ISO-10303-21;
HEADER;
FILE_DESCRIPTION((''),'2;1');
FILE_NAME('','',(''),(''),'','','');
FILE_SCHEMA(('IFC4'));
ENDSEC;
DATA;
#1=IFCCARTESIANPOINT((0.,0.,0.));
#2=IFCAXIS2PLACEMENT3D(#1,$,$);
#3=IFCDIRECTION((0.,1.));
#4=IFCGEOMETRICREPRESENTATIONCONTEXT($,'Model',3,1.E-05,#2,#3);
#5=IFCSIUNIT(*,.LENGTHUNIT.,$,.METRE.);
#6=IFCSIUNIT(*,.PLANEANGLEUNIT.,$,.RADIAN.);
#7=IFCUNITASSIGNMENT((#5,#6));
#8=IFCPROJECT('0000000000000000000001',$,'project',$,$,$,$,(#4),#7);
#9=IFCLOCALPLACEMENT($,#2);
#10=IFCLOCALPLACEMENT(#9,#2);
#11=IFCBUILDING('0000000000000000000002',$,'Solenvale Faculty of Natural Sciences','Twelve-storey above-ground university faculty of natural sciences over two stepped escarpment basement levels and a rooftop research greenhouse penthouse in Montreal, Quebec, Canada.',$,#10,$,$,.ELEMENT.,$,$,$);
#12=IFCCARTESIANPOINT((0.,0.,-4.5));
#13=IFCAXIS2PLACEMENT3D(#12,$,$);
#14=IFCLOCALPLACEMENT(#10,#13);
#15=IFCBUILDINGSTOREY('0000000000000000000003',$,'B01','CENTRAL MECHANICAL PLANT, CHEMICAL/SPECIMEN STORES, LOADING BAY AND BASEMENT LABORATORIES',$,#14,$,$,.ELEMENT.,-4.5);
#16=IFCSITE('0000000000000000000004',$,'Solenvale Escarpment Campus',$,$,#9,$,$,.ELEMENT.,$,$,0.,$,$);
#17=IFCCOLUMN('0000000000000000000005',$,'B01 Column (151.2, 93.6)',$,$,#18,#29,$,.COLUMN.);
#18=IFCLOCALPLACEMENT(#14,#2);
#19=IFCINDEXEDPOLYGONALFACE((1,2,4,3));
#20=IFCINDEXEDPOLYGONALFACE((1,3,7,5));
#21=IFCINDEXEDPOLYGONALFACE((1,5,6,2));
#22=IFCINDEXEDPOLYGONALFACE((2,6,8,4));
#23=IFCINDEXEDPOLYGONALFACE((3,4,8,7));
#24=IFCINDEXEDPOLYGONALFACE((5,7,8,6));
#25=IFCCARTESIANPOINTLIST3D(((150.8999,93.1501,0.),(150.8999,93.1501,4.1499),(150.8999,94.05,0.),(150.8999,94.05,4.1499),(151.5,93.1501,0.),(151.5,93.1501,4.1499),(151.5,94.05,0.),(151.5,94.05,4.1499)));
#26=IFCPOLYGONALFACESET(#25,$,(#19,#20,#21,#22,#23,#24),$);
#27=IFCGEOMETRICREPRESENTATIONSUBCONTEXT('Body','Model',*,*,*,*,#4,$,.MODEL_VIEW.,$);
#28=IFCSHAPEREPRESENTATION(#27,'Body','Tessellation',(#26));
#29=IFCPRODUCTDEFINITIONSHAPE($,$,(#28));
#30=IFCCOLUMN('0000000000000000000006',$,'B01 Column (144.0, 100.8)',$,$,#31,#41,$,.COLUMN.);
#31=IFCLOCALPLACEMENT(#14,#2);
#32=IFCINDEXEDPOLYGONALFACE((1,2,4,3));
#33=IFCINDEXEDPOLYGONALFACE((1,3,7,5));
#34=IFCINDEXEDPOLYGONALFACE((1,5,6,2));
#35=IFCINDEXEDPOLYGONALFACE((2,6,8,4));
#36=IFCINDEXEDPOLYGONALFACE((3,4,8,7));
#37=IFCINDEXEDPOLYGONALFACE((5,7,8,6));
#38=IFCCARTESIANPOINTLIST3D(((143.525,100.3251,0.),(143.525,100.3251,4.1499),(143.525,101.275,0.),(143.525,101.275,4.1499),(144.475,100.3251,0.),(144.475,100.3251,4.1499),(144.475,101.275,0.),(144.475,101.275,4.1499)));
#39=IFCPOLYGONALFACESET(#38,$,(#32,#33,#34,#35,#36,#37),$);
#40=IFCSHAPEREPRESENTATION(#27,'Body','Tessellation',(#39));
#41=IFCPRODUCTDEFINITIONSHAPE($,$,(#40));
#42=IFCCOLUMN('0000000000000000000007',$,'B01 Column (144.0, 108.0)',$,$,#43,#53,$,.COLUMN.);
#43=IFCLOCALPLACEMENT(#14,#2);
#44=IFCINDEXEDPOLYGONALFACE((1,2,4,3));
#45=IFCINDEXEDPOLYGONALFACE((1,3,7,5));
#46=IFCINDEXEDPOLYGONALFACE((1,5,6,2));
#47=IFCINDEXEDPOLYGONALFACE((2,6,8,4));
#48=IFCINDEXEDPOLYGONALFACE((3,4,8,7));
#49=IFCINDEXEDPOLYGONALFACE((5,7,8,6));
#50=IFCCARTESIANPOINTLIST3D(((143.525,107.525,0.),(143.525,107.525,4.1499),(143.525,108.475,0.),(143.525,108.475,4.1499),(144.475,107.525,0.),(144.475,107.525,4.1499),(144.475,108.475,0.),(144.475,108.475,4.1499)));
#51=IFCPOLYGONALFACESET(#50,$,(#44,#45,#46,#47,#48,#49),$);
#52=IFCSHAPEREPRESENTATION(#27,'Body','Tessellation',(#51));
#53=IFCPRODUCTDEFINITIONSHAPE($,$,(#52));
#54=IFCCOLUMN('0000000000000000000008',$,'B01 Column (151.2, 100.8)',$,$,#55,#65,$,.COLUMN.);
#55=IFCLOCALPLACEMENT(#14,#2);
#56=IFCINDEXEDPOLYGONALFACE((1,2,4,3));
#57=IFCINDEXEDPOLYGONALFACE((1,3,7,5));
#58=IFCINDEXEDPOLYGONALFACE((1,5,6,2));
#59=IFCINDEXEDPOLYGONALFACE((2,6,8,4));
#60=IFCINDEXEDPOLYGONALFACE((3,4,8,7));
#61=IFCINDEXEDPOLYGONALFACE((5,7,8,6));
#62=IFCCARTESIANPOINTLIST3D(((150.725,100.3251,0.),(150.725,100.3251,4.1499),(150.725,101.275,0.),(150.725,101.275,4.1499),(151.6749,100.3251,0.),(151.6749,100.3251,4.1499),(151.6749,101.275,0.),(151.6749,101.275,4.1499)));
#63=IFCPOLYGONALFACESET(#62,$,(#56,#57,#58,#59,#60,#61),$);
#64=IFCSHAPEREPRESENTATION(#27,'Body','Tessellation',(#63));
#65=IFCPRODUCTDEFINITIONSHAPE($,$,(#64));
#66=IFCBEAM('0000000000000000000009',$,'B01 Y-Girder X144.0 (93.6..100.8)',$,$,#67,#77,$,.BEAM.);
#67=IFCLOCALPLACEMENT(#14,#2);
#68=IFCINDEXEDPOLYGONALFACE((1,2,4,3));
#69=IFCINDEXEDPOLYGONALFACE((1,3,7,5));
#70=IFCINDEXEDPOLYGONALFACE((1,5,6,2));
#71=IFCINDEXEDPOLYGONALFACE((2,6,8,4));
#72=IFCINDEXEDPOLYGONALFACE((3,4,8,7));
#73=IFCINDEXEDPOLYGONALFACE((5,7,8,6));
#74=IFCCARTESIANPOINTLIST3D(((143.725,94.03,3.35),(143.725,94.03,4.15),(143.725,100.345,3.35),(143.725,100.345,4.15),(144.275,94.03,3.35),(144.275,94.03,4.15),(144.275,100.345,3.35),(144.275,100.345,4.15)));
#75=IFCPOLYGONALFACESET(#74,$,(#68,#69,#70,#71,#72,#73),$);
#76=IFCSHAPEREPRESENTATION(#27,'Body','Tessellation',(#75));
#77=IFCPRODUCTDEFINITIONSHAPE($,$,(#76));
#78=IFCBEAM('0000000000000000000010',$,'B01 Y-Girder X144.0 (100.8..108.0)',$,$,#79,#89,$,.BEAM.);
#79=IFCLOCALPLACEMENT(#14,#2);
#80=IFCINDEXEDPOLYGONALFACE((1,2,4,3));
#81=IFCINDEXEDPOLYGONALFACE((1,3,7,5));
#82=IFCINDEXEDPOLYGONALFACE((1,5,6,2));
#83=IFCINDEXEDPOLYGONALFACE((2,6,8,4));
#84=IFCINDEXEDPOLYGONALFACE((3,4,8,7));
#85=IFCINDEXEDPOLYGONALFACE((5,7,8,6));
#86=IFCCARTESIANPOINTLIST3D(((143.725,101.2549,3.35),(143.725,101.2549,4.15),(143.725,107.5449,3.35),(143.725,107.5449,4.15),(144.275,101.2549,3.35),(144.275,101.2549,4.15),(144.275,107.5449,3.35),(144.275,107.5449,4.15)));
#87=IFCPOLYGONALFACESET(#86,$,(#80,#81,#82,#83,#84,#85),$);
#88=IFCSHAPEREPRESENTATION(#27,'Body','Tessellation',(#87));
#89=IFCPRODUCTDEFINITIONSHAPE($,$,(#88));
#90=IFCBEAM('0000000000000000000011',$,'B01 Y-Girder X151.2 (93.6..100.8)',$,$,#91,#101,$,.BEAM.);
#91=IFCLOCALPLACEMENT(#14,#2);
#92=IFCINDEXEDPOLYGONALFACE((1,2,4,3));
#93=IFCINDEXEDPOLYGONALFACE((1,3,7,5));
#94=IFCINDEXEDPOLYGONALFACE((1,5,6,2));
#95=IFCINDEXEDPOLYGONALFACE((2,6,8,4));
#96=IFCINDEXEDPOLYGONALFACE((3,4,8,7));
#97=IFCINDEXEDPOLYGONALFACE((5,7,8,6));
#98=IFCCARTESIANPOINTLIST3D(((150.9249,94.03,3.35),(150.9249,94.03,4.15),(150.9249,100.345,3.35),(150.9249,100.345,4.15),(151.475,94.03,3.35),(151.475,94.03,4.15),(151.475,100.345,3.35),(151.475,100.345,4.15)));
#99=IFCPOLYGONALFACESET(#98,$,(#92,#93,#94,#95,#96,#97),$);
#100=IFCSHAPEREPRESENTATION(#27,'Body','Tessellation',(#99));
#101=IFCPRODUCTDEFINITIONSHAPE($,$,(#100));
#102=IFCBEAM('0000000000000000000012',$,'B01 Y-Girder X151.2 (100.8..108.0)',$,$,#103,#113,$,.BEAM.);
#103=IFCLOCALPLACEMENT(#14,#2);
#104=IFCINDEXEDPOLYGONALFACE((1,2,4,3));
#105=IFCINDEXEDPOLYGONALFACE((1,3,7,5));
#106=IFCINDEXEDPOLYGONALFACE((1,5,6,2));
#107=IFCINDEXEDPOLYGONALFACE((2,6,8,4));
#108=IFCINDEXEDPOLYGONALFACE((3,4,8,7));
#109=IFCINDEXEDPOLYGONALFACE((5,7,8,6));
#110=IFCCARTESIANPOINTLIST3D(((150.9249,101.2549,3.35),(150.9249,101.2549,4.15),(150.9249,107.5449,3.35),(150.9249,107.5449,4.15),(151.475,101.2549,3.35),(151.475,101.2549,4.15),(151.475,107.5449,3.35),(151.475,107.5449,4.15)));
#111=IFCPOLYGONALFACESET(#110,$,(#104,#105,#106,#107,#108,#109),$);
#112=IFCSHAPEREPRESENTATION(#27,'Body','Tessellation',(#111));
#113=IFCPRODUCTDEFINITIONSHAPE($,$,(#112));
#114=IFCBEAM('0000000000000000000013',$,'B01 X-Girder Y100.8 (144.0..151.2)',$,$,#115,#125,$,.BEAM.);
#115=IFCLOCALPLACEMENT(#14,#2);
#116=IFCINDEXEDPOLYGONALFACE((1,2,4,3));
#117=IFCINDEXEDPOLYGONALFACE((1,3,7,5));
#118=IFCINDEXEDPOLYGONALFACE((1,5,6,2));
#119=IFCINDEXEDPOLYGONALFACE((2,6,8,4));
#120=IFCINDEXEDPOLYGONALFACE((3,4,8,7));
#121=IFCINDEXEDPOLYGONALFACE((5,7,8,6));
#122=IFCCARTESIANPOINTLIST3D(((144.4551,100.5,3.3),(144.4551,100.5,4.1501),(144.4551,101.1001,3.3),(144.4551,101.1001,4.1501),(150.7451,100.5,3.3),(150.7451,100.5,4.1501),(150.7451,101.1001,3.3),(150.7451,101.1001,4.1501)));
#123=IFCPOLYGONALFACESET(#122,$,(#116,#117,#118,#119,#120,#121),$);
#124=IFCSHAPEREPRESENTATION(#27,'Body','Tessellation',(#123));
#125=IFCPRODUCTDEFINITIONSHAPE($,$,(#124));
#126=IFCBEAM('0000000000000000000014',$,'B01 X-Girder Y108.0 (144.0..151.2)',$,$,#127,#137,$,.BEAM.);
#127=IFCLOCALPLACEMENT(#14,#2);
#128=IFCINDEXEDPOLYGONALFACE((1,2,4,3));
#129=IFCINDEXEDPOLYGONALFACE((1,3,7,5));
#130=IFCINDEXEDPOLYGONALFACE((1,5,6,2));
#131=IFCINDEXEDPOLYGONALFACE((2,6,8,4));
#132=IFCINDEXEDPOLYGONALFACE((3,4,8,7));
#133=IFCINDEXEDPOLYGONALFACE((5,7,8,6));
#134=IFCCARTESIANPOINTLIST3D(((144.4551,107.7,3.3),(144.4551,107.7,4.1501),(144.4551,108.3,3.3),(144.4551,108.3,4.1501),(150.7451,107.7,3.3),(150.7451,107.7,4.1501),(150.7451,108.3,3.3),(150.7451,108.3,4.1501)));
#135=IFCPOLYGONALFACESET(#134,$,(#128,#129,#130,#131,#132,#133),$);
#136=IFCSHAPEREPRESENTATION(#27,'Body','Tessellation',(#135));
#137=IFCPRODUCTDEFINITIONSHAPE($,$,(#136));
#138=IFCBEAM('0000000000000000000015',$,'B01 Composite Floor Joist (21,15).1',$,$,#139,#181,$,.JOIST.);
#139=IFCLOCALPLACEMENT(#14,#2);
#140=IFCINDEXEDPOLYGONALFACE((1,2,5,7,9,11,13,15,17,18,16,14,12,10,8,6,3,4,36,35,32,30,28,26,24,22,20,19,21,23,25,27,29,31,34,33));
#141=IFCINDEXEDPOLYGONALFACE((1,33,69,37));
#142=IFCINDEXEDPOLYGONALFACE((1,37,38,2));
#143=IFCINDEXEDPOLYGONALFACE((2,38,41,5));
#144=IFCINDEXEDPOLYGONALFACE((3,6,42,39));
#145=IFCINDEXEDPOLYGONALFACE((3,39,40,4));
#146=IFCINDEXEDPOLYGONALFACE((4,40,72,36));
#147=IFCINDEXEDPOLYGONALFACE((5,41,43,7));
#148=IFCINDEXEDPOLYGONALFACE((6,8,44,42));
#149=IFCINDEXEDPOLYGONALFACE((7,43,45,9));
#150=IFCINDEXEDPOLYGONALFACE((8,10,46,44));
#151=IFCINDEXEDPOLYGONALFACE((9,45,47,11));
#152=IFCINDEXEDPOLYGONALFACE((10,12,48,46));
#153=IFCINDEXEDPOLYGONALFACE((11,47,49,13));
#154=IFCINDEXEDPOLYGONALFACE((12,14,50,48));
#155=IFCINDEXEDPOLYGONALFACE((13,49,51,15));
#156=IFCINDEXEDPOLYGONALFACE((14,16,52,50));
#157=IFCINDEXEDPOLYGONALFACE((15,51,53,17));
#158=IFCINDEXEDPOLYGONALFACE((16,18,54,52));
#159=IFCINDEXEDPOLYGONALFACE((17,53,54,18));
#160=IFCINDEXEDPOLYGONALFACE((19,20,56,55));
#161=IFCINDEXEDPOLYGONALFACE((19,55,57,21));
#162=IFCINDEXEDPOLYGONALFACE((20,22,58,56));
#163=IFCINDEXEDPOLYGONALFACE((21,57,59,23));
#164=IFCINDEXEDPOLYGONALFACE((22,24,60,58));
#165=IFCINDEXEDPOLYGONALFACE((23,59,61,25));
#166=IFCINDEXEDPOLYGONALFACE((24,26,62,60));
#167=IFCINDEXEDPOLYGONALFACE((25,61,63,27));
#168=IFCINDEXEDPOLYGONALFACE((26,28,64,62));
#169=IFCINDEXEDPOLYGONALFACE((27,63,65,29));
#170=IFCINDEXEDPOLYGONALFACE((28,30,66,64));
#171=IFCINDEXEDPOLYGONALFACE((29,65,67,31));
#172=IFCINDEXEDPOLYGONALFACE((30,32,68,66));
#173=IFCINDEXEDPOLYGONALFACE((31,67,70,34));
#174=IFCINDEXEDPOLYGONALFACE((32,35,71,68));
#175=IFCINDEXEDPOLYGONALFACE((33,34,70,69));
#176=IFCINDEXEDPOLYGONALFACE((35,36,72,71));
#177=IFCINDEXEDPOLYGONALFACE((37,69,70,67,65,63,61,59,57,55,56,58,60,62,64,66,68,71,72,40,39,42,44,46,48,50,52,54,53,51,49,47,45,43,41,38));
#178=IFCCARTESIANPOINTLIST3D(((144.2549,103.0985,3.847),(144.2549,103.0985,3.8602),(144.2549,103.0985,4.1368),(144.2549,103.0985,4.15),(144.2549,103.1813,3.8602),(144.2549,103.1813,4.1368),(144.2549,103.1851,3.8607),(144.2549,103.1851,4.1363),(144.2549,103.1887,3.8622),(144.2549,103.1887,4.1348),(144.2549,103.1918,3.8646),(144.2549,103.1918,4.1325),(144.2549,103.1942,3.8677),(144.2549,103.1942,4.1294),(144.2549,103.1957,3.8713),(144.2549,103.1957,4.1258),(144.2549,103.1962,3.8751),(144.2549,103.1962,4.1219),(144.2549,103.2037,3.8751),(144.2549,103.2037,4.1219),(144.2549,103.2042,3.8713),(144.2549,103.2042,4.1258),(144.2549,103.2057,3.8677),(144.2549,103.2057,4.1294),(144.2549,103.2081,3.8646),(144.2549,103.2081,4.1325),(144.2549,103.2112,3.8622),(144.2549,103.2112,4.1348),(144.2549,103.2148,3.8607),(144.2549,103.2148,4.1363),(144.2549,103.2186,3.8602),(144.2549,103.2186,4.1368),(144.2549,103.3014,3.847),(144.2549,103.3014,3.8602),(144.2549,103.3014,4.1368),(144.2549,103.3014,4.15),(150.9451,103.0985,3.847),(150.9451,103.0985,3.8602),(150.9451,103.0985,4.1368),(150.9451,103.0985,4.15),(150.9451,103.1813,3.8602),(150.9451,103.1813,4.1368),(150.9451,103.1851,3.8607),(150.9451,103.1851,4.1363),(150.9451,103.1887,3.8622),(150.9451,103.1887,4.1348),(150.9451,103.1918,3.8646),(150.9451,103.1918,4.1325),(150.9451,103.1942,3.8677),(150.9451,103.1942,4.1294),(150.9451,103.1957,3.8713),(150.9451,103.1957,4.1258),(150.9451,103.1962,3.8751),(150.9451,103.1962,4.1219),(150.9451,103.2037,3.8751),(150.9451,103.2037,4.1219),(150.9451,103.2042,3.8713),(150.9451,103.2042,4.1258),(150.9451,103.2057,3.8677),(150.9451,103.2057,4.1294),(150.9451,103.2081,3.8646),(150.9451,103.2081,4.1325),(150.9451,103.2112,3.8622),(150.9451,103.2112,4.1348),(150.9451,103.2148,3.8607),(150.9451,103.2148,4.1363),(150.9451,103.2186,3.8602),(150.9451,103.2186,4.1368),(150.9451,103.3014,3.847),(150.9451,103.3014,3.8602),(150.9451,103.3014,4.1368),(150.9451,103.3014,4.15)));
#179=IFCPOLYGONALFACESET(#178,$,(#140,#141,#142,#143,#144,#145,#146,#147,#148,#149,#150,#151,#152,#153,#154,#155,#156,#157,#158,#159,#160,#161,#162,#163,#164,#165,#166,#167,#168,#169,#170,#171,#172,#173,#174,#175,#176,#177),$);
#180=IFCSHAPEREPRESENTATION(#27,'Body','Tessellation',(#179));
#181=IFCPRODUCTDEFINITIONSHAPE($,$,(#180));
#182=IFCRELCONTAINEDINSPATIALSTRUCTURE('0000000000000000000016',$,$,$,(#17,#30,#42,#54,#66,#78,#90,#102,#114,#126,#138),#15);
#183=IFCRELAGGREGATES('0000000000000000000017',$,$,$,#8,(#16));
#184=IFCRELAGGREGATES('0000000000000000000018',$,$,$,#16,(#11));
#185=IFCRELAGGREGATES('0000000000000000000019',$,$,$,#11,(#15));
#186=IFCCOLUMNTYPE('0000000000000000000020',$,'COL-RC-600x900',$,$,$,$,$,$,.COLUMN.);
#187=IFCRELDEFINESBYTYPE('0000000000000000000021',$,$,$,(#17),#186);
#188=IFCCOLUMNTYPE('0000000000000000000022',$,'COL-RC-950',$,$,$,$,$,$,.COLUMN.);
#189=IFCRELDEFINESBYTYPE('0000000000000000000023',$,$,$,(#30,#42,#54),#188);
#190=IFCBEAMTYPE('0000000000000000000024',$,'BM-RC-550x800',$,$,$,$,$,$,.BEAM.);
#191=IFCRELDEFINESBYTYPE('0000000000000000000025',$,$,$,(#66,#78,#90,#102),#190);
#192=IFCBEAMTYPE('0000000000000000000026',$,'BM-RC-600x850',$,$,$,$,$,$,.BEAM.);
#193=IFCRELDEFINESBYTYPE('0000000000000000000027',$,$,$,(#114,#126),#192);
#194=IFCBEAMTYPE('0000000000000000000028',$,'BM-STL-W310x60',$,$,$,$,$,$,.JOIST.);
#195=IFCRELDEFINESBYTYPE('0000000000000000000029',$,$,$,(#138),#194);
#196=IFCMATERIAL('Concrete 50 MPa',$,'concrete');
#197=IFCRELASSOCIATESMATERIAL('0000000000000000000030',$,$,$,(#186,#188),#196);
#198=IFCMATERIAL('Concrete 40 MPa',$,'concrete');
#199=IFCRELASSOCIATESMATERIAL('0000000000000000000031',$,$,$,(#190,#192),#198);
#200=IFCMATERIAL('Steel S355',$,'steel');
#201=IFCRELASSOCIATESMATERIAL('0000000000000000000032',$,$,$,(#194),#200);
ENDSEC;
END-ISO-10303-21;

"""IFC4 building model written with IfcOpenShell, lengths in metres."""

from ifc_helpers import new_model, si_unit, direction, frame, origin, origin_2d, place, context, subcontext, project, spatial, rectangle, i_section, extrude, material, material_profile, profile_set, type_object, element, save


model = new_model("IFC4")

# Units and contexts
model_context = context("Model", 3, precision=1e-05, world=origin(), true_north=direction((0.0, 1.0)))
body_context = subcontext(model_context, "Body", "Model", "MODEL_VIEW")
ifc_project = project(units=[si_unit("LENGTHUNIT", "METRE"), si_unit("PLANEANGLEUNIT", "RADIAN")], contexts=[model_context])

# Site, building, storey
site_placement = place(None, origin())
site = spatial("IfcSite", under=ifc_project, at=site_placement, Name="Solenvale Escarpment Campus", CompositionType="ELEMENT", RefElevation=0.0)
building_placement = place(site_placement, origin())
building = spatial("IfcBuilding", under=site, at=building_placement, Name="Solenvale Faculty of Natural Sciences", Description="Twelve-storey above-ground university faculty of natural sciences over two stepped escarpment basement levels and a rooftop research greenhouse penthouse in Montreal, Quebec, Canada.", CompositionType="ELEMENT")
storey_placement = place(building_placement, frame((0.0, 0.0, -4.5)))
storey = spatial("IfcBuildingStorey", under=building, at=storey_placement, Name="B01", Description="CENTRAL MECHANICAL PLANT, CHEMICAL/SPECIMEN STORES, LOADING BAY AND BASEMENT LABORATORIES", CompositionType="ELEMENT", Elevation=-4.5)

# Columns
ifc_material_1 = material(Name="Concrete 50 MPa", Category="concrete")
ifc_material_profile_1 = material_profile(ifc_material_1, rectangle(XDim=0.6001, YDim=0.8999, at=origin_2d()), Name="RC-COL-600x900")
ifc_profile_set_1 = profile_set([ifc_material_profile_1], Name="Concrete 50 MPa")
column_type_1 = type_object("IfcColumnType", Name="COL-RC-600x900", PredefinedType="COLUMN", material=ifc_profile_set_1)
column_placement = place(storey_placement, frame((151.2, 93.6001, 0.0), z_axis=(0.0, 0.0, 1.0), x_axis=(1.0, 0.0, 0.0)))
element("IfcColumn", 1, at=column_placement, inside=storey, type_object=column_type_1, Name="B01 Column (151.2, 93.6)", PredefinedType="COLUMN", context=body_context, shape_type="SweptSolid", body=[
    extrude(rectangle(XDim=0.6001, YDim=0.8999, at=origin_2d()), origin(), (0.0, 0.0, 1.0), 4.1499),
])
ifc_material_profile_2 = material_profile(ifc_material_1, rectangle(XDim=0.95, YDim=0.95, at=origin_2d()), Name="RC-COL-950x950")
ifc_profile_set_2 = profile_set([ifc_material_profile_2], Name="Concrete 50 MPa")
column_type_2 = type_object("IfcColumnType", Name="COL-RC-950", PredefinedType="COLUMN", material=ifc_profile_set_2)
for number, where, z_axis, x_axis, name in (
    (2, (144.0, 100.8, 0.0), (0.0, 0.0, 1.0), (1.0, 0.0, 0.0), "B01 Column (144.0, 100.8)"),
    (3, (144.0, 108.0, 0.0), (0.0, 0.0, 1.0), (1.0, 0.0, 0.0), "B01 Column (144.0, 108.0)"),
    (4, (151.2, 100.8, 0.0), (0.0, 0.0, 1.0), (1.0, 0.0, 0.0), "B01 Column (151.2, 100.8)"),
):
    element("IfcColumn", number, at=place(storey_placement, frame(where, z_axis=z_axis, x_axis=x_axis)), inside=storey, type_object=column_type_2, Name=name, PredefinedType="COLUMN", context=body_context, shape_type="SweptSolid", body=[
        extrude(rectangle(XDim=0.95, YDim=0.95, at=origin_2d()), origin(), (0.0, 0.0, 1.0), 4.1499),
    ])

# Beams
ifc_material_2 = material(Name="Concrete 40 MPa", Category="concrete")
ifc_material_profile_3 = material_profile(ifc_material_2, rectangle(XDim=0.55, YDim=0.8, at=origin_2d()), Name="RC-BM-550x800")
ifc_profile_set_3 = profile_set([ifc_material_profile_3], Name="Concrete 40 MPa")
beam_type_1 = type_object("IfcBeamType", Name="BM-RC-550x800", PredefinedType="BEAM", material=ifc_profile_set_3)
beam_1_placement = place(storey_placement, frame((144.0, 94.03, 3.75), z_axis=(0.0, 1.0, 0.0), x_axis=(-1.0, 0.0, 0.0)))
element("IfcBeam", 5, at=beam_1_placement, inside=storey, type_object=beam_type_1, Name="B01 Y-Girder X144.0 (93.6..100.8)", PredefinedType="BEAM", context=body_context, shape_type="SweptSolid", body=[
    extrude(rectangle(XDim=0.55, YDim=0.8, at=origin_2d()), origin(), (0.0, 0.0, 1.0), 6.3149),
])
beam_2_placement = place(storey_placement, frame((144.0, 101.2549, 3.75), z_axis=(0.0, 1.0, 0.0), x_axis=(-1.0, 0.0, 0.0)))
element("IfcBeam", 6, at=beam_2_placement, inside=storey, type_object=beam_type_1, Name="B01 Y-Girder X144.0 (100.8..108.0)", PredefinedType="BEAM", context=body_context, shape_type="SweptSolid", body=[
    extrude(rectangle(XDim=0.55, YDim=0.8, at=origin_2d()), origin(), (0.0, 0.0, 1.0), 6.29),
])
beam_3_placement = place(storey_placement, frame((151.2, 94.03, 3.75), z_axis=(0.0, 1.0, 0.0), x_axis=(-1.0, 0.0, 0.0)))
element("IfcBeam", 7, at=beam_3_placement, inside=storey, type_object=beam_type_1, Name="B01 Y-Girder X151.2 (93.6..100.8)", PredefinedType="BEAM", context=body_context, shape_type="SweptSolid", body=[
    extrude(rectangle(XDim=0.55, YDim=0.8, at=origin_2d()), origin(), (0.0, 0.0, 1.0), 6.3149),
])
beam_4_placement = place(storey_placement, frame((151.2, 101.2549, 3.75), z_axis=(0.0, 1.0, 0.0), x_axis=(-1.0, 0.0, 0.0)))
element("IfcBeam", 8, at=beam_4_placement, inside=storey, type_object=beam_type_1, Name="B01 Y-Girder X151.2 (100.8..108.0)", PredefinedType="BEAM", context=body_context, shape_type="SweptSolid", body=[
    extrude(rectangle(XDim=0.55, YDim=0.8, at=origin_2d()), origin(), (0.0, 0.0, 1.0), 6.29),
])
ifc_material_profile_4 = material_profile(ifc_material_2, rectangle(XDim=0.6001, YDim=0.8501, at=origin_2d()), Name="RC-BM-600x850")
ifc_profile_set_4 = profile_set([ifc_material_profile_4], Name="Concrete 40 MPa")
beam_type_2 = type_object("IfcBeamType", Name="BM-RC-600x850", PredefinedType="BEAM", material=ifc_profile_set_4)
for number, where, z_axis, x_axis, name in (
    (9, (144.4551, 100.8, 3.7251), (1.0, 0.0, 0.0), (0.0, 1.0, 0.0), "B01 X-Girder Y100.8 (144.0..151.2)"),
    (10, (144.4551, 108.0, 3.7251), (1.0, 0.0, 0.0), (0.0, 1.0, 0.0), "B01 X-Girder Y108.0 (144.0..151.2)"),
):
    element("IfcBeam", number, at=place(storey_placement, frame(where, z_axis=z_axis, x_axis=x_axis)), inside=storey, type_object=beam_type_2, Name=name, PredefinedType="BEAM", context=body_context, shape_type="SweptSolid", body=[
        extrude(rectangle(XDim=0.6001, YDim=0.8501, at=origin_2d()), origin(), (0.0, 0.0, 1.0), 6.29),
    ])
ifc_material_3 = material(Name="Steel S355", Category="steel")
ifc_material_profile_5 = material_profile(ifc_material_3, i_section(OverallWidth=0.2029, OverallDepth=0.303, WebThickness=0.0076, FlangeThickness=0.0132, FilletRadius=0.0149, at=origin_2d()), Name="W310x60")
ifc_profile_set_5 = profile_set([ifc_material_profile_5], Name="Steel S355")
beam_type_3 = type_object("IfcBeamType", Name="BM-STL-W310x60", PredefinedType="JOIST", material=ifc_profile_set_5)
for number, where, z_axis, x_axis, name in (
    (11, (144.2549, 103.2, 3.9985), (1.0, 0.0, 0.0), (0.0, 1.0, 0.0), "B01 Composite Floor Joist (21,15).1"),
):
    element("IfcBeam", number, at=place(storey_placement, frame(where, z_axis=z_axis, x_axis=x_axis)), inside=storey, type_object=beam_type_3, Name=name, PredefinedType="JOIST", context=body_context, shape_type="SweptSolid", body=[
        extrude(i_section(OverallWidth=0.2029, OverallDepth=0.303, WebThickness=0.0076, FlangeThickness=0.0132, FilletRadius=0.0149, at=origin_2d()), origin(), (0.0, 0.0, 1.0), 6.6902),
    ])

save(model, "model.ifc")
